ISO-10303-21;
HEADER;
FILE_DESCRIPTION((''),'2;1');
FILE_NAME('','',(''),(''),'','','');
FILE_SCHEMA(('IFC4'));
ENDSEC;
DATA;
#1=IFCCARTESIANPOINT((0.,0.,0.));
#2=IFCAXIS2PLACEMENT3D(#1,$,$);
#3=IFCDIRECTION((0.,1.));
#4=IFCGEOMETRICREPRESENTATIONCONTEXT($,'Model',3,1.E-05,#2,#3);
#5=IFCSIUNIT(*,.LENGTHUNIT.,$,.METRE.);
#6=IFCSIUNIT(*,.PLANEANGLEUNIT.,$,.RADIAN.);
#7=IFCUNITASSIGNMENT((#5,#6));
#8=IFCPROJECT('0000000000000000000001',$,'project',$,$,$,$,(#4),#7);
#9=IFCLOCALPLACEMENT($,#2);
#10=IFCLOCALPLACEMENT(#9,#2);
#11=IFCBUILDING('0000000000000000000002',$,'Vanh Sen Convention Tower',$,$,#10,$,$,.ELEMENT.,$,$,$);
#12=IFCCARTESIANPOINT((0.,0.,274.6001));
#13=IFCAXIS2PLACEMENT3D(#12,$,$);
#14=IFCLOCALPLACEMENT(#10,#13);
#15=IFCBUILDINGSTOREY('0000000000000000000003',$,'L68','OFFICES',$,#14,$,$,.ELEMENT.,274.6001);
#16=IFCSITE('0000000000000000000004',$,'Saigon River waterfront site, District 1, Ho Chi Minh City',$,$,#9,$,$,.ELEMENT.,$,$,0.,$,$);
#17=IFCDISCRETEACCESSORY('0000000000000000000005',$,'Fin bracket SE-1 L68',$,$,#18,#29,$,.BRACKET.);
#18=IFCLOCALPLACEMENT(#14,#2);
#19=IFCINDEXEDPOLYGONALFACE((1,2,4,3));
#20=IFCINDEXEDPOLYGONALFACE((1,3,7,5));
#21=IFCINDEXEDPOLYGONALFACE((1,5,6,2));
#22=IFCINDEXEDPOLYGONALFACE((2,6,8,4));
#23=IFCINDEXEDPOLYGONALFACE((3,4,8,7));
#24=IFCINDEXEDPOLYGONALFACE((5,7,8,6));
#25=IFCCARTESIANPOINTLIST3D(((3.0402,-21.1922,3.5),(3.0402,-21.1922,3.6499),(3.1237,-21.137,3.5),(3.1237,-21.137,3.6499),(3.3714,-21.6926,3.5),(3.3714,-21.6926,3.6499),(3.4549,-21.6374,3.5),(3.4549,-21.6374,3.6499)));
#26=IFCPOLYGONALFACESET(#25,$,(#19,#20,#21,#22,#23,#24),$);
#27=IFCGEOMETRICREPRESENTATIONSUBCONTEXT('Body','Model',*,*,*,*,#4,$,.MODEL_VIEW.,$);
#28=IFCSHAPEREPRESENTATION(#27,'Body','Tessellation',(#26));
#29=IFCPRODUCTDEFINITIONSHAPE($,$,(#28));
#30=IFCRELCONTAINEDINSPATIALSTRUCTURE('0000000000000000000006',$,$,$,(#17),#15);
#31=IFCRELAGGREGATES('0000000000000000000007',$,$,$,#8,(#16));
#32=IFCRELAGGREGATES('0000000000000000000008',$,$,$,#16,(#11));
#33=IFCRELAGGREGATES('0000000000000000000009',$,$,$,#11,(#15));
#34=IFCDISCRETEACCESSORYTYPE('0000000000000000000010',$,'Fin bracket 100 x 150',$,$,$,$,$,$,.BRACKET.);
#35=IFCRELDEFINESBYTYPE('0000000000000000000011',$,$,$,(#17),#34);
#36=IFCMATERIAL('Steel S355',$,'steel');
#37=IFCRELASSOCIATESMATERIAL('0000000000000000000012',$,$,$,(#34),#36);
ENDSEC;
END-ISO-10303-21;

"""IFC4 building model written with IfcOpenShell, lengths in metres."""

from ifc_helpers import new_model, si_unit, direction, frame, origin, origin_2d, place, context, subcontext, project, spatial, rectangle, extrude, material, type_object, element, save


model = new_model("IFC4")

# Units and contexts
model_context = context("Model", 3, precision=1e-05, world=origin(), true_north=direction((0.0, 1.0)))
body_context = subcontext(model_context, "Body", "Model", "MODEL_VIEW")
ifc_project = project(units=[si_unit("LENGTHUNIT", "METRE"), si_unit("PLANEANGLEUNIT", "RADIAN")], contexts=[model_context])

# Site, building, storey
site_placement = place(None, origin())
site = spatial("IfcSite", under=ifc_project, at=site_placement, Name="Saigon River waterfront site, District 1, Ho Chi Minh City", CompositionType="ELEMENT", RefElevation=0.0)
building_placement = place(site_placement, origin())
building = spatial("IfcBuilding", under=site, at=building_placement, Name="Vanh Sen Convention Tower", CompositionType="ELEMENT")
storey_placement = place(building_placement, frame((0.0, 0.0, 274.6001)))
storey = spatial("IfcBuildingStorey", under=building, at=storey_placement, Name="L68", Description="OFFICES", CompositionType="ELEMENT", Elevation=274.6001)

# Discrete accessory
ifc_material_1 = material(Name="Steel S355", Category="steel")
discrete_accessory_type = type_object("IfcDiscreteAccessoryType", Name="Fin bracket 100 x 150", PredefinedType="BRACKET", material=ifc_material_1)
discrete_accessory_placement = place(storey_placement, frame((3.2476, -21.4148, 3.5), z_axis=(0.0, 0.0, 1.0), x_axis=(0.551937, -0.833886, 0.0)))
element("IfcDiscreteAccessory", 1, at=discrete_accessory_placement, inside=storey, type_object=discrete_accessory_type, Name="Fin bracket SE-1 L68", PredefinedType="BRACKET", context=body_context, shape_type="SweptSolid", body=[
    extrude(rectangle(XDim=0.6001, YDim=0.1001, at=origin_2d()), origin(), (0.0, 0.0, 1.0), 0.1499),
])

save(model, "model.ifc")
